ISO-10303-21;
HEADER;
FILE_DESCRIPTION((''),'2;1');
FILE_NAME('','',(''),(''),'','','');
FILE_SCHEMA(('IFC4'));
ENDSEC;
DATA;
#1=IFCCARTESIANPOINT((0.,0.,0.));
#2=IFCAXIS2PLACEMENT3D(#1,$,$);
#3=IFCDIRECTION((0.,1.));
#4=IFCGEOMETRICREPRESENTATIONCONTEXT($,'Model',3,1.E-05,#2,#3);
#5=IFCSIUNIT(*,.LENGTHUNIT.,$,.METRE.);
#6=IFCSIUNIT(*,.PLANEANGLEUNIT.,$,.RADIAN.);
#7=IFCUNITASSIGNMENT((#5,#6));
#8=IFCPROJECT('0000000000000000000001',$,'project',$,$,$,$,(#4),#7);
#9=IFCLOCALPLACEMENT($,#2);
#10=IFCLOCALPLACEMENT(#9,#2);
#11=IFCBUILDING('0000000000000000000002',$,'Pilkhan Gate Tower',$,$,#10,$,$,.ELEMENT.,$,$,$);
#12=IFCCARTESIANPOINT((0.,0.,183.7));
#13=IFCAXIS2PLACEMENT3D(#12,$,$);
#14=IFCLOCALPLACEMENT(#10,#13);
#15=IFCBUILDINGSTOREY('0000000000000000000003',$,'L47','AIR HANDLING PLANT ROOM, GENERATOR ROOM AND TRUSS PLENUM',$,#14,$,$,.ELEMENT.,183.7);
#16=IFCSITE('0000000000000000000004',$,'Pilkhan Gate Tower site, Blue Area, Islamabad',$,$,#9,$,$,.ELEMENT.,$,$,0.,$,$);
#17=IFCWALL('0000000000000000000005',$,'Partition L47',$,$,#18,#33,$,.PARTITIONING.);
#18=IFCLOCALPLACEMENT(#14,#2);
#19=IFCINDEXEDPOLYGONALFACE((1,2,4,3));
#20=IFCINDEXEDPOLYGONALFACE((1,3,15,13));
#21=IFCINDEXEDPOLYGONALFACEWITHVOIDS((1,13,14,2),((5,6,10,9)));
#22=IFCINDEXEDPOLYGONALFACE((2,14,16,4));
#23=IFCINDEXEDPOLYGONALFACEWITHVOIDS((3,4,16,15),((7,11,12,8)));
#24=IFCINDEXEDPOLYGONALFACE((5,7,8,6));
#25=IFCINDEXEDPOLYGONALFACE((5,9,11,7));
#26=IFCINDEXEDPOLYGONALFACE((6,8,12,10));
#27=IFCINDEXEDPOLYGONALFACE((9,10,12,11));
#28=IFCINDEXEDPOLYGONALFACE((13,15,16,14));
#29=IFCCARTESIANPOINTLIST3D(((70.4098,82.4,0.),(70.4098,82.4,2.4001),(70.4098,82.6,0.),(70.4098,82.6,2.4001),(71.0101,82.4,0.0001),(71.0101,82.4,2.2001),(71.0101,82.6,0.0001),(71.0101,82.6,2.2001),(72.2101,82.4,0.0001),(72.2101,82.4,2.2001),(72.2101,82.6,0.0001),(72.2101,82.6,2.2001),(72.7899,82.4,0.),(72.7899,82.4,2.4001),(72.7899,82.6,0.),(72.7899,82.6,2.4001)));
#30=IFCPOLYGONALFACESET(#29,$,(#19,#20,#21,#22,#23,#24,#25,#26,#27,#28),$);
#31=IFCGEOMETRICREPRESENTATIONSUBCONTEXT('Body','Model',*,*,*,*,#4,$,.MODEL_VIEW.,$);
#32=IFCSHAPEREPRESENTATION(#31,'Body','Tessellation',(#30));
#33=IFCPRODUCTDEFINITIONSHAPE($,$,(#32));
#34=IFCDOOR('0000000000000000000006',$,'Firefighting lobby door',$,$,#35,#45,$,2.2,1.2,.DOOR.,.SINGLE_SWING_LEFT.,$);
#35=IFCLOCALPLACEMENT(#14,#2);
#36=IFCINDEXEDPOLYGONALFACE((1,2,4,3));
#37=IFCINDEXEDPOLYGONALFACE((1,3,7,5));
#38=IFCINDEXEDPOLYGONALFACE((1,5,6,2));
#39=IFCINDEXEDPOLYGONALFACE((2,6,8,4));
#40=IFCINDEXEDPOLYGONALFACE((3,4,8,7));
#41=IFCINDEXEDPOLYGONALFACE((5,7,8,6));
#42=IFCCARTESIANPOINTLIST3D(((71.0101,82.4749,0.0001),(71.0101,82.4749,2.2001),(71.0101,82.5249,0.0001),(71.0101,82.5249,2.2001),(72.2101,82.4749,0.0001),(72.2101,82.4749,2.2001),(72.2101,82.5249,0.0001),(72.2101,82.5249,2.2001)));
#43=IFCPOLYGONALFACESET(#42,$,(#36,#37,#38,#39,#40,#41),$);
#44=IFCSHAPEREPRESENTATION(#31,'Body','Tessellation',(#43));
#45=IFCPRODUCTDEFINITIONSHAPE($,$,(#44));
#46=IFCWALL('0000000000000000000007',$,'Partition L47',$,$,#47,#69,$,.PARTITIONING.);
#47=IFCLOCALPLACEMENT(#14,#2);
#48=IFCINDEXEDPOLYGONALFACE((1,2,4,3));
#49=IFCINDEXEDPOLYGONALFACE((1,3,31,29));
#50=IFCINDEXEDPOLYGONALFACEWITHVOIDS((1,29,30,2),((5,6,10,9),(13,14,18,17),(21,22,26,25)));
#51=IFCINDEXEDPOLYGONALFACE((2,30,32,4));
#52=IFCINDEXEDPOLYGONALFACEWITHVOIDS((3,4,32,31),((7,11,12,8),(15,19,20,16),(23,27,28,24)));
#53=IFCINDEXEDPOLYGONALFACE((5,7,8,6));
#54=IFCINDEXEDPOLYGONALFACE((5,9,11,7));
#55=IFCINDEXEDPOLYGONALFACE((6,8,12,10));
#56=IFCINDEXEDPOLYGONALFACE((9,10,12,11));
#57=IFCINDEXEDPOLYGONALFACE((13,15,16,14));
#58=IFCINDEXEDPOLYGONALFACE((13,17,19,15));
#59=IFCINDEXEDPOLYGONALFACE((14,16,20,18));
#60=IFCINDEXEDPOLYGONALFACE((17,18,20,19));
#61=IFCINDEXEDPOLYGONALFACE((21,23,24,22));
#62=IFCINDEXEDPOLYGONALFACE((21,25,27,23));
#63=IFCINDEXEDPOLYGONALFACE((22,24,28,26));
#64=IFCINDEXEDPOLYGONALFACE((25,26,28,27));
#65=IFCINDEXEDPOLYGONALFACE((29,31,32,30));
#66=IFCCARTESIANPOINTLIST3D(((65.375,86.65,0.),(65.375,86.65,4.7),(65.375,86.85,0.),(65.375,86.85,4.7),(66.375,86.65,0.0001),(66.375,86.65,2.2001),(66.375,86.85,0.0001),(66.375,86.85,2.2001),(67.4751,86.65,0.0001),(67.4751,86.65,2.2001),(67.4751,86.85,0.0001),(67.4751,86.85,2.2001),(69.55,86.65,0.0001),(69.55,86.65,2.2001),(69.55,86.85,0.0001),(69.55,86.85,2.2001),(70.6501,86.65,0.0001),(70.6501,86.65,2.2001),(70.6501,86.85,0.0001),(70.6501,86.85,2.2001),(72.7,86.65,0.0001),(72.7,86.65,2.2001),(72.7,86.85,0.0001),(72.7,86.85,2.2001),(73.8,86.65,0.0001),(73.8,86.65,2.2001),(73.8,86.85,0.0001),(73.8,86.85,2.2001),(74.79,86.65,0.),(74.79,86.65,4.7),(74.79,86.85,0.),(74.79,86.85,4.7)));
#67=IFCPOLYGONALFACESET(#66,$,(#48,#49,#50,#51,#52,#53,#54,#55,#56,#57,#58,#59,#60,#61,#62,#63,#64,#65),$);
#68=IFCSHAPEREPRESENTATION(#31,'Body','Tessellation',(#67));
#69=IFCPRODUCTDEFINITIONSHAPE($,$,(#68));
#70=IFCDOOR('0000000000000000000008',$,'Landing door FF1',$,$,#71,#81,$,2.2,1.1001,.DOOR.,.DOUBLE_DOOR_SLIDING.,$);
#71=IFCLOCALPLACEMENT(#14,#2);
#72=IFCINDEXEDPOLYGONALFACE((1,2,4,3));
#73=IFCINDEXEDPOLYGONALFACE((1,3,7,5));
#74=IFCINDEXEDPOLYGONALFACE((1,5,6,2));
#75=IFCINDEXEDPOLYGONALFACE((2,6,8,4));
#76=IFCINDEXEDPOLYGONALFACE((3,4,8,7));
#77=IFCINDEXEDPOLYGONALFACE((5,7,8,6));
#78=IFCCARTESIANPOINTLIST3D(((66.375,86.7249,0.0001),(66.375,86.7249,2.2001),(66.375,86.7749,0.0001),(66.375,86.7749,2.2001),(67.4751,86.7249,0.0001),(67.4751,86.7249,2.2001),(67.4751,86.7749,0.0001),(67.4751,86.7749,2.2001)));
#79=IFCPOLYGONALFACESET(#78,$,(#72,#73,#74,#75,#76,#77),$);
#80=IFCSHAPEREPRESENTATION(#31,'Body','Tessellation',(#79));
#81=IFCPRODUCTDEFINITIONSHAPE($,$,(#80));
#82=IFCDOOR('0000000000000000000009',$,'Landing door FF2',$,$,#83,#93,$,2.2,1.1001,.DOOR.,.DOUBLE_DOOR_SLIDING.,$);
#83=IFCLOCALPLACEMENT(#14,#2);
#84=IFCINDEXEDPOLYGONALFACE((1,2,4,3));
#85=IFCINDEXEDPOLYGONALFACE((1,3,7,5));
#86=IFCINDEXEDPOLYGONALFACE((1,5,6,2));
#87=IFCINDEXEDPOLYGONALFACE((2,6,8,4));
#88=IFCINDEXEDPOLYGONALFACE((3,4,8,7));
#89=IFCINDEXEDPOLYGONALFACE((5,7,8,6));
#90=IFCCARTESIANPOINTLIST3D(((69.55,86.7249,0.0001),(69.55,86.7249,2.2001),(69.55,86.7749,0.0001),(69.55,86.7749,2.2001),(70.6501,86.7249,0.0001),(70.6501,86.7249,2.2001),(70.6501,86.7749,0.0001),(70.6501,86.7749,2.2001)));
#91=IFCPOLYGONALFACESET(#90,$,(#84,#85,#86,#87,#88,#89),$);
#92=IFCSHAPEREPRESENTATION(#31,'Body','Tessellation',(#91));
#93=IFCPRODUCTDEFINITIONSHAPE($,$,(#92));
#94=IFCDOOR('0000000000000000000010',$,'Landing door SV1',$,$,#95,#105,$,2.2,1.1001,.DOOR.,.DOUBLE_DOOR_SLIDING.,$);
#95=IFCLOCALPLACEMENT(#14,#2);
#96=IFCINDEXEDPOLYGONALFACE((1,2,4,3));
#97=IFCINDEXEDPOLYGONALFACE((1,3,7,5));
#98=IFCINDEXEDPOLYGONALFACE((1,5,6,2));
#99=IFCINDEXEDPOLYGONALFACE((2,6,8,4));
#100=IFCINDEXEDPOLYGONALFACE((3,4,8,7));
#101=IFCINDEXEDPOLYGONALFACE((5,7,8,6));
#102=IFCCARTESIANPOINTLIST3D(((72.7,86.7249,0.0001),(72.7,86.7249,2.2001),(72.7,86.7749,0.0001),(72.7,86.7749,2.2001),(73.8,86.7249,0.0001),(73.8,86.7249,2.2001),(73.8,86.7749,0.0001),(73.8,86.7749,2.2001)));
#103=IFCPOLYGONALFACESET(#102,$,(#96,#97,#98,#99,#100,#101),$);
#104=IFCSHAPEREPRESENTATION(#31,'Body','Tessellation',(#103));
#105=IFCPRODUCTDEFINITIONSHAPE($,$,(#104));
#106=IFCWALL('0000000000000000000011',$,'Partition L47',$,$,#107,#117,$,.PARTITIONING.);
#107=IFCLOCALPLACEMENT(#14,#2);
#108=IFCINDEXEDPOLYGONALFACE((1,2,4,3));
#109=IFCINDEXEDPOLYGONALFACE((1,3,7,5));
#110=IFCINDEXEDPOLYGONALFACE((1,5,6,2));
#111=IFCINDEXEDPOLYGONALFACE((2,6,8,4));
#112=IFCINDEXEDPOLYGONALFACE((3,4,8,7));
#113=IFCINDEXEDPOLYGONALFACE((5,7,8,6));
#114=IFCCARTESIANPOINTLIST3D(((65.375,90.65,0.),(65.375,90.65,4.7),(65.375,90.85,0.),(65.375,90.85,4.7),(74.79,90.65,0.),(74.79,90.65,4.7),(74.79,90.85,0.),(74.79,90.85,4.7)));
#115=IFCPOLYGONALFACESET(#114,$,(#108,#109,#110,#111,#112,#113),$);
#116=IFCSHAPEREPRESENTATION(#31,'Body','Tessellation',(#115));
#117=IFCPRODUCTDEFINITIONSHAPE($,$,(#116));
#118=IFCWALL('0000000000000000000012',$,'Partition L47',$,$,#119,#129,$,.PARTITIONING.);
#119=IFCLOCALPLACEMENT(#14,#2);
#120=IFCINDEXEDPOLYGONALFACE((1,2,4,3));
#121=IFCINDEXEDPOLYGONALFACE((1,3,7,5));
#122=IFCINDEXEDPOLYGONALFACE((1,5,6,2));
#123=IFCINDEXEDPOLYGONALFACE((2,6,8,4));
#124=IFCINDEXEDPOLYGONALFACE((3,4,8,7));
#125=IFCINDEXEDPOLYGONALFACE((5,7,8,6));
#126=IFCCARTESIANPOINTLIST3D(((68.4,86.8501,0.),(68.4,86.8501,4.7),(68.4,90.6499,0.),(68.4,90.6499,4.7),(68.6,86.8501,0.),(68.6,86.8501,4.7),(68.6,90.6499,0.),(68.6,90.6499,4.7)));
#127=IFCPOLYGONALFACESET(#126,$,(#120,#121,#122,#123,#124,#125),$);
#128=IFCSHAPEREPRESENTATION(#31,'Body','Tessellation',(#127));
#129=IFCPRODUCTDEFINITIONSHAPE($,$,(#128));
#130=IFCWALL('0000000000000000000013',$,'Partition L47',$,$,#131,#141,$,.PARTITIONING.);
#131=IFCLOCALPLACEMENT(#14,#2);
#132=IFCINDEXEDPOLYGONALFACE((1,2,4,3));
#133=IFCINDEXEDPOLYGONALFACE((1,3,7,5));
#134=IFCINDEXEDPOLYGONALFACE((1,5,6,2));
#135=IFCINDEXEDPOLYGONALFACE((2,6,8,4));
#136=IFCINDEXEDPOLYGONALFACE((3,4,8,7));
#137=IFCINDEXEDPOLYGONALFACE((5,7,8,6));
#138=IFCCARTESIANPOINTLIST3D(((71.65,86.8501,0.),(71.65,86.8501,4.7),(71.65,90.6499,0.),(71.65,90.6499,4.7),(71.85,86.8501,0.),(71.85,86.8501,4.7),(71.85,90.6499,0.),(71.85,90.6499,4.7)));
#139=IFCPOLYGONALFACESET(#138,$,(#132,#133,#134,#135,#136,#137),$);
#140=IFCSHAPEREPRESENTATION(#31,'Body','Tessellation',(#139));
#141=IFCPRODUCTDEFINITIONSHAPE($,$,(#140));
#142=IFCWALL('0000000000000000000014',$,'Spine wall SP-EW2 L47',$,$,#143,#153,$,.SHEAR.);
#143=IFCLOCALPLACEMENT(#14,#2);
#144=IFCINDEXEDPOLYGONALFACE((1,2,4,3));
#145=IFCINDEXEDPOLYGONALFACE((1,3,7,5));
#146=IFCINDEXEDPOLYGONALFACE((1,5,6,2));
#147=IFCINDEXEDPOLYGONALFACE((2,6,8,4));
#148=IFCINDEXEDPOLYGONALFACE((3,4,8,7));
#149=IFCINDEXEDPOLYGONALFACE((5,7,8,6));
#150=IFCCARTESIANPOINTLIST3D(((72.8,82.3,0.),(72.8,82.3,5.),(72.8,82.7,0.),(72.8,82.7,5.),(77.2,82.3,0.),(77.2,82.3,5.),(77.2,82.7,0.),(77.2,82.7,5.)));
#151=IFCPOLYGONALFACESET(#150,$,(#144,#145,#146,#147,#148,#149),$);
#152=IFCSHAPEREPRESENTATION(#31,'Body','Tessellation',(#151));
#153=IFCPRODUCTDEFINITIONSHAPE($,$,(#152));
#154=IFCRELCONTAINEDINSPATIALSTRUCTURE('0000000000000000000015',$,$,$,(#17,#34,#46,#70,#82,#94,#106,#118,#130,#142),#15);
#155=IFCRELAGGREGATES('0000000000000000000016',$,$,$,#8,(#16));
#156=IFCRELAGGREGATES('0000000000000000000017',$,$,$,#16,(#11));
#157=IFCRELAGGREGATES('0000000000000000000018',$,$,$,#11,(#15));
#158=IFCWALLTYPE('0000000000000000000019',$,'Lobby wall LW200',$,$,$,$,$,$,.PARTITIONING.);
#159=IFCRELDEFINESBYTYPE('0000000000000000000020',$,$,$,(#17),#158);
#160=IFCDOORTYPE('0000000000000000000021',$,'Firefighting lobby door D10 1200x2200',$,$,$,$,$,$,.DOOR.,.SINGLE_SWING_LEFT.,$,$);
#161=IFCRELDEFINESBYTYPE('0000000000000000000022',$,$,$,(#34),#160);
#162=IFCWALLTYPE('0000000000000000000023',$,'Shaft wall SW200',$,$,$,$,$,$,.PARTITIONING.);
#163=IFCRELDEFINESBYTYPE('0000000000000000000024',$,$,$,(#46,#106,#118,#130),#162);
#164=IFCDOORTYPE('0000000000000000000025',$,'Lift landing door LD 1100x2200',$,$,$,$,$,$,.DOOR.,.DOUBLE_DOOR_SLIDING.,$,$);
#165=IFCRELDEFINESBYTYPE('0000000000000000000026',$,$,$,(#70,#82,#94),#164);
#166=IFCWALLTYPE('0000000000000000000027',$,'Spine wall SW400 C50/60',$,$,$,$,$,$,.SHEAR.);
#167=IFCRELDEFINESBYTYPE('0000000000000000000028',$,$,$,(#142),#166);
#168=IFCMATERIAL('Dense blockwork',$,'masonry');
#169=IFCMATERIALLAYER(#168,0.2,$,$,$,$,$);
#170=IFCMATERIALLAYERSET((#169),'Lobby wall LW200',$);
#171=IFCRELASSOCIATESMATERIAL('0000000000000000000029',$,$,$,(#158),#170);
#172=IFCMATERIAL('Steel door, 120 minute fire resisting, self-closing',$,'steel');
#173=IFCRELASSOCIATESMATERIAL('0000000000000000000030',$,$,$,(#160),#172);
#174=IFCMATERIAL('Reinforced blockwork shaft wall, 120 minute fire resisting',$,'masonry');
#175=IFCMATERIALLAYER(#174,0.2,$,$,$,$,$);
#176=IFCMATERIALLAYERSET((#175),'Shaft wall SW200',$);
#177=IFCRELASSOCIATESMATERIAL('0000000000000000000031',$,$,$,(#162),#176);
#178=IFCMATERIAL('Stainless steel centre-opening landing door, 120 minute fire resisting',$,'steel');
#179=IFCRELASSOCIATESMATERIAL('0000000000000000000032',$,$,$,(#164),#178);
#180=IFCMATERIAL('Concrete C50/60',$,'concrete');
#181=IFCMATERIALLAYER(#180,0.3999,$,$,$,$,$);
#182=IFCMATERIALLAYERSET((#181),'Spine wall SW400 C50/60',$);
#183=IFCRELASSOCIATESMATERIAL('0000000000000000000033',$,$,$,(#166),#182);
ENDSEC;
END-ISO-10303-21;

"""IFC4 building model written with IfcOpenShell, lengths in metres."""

from ifc_helpers import new_model, si_unit, direction, frame, frame_2d, origin, place, context, subcontext, project, spatial, rectangle, extrude, material, layer, layer_set, type_object, element, fill, save


model = new_model("IFC4")

# Units and contexts
model_context = context("Model", 3, precision=1e-05, world=origin(), true_north=direction((0.0, 1.0)))
body_context = subcontext(model_context, "Body", "Model", "MODEL_VIEW")
ifc_project = project(units=[si_unit("LENGTHUNIT", "METRE"), si_unit("PLANEANGLEUNIT", "RADIAN")], contexts=[model_context])

# Site, building, storey
site_placement = place(None, origin())
site = spatial("IfcSite", under=ifc_project, at=site_placement, Name="Pilkhan Gate Tower site, Blue Area, Islamabad", CompositionType="ELEMENT", RefElevation=0.0)
building_placement = place(site_placement, origin())
building = spatial("IfcBuilding", under=site, at=building_placement, Name="Pilkhan Gate Tower", CompositionType="ELEMENT")
storey_placement = place(building_placement, frame((0.0, 0.0, 183.7)))
storey = spatial("IfcBuildingStorey", under=building, at=storey_placement, Name="L47", Description="AIR HANDLING PLANT ROOM, GENERATOR ROOM AND TRUSS PLENUM", CompositionType="ELEMENT", Elevation=183.7)

# Wall, opening, door
ifc_material_1 = material(Name="Dense blockwork", Category="masonry")
ifc_layer_1 = layer(ifc_material_1, 0.2)
ifc_layer_set_1 = layer_set([ifc_layer_1], Name="Lobby wall LW200")
wall_type_1 = type_object("IfcWallType", Name="Lobby wall LW200", PredefinedType="PARTITIONING", material=ifc_layer_set_1)
wall_1_placement = place(storey_placement, frame((70.4099, 82.5, 0.0), z_axis=(0.0, 0.0, 1.0), x_axis=(1.0, 0.0, 0.0)))
wall_1 = element("IfcWall", 1, at=wall_1_placement, inside=storey, type_object=wall_type_1, Name="Partition L47", PredefinedType="PARTITIONING", context=body_context, shape_type="SweptSolid", body=[
    extrude(rectangle(XDim=2.3801, YDim=0.2, at=frame_2d((1.1899, 0.0))), origin(), (0.0, 0.0, 1.0), 2.4001),
])
opening_1_placement = place(wall_1_placement, frame((0.6001, 0.0, 0.0)))
opening_1 = element("IfcOpeningElement", 2, at=opening_1_placement, cuts=wall_1, PredefinedType="OPENING", context=body_context, shape_type="SweptSolid", body=[
    extrude(rectangle(XDim=1.2, YDim=2.2, at=frame_2d((0.6001, 1.1001))), frame((0.0, 0.1099, 0.0), z_axis=(0.0, -1.0, 0.0), x_axis=(1.0, 0.0, 0.0)), (0.0, 0.0, 1.0), 0.22),
])
ifc_material_2 = material(Name="Steel door, 120 minute fire resisting, self-closing", Category="steel")
door_type_1 = type_object("IfcDoorType", Name="Firefighting lobby door D10 1200x2200", OperationType="SINGLE_SWING_LEFT", PredefinedType="DOOR", material=ifc_material_2)
door_1_placement = place(opening_1_placement, origin())
door_1 = element("IfcDoor", 3, at=door_1_placement, inside=storey, type_object=door_type_1, Name="Firefighting lobby door", OperationType="SINGLE_SWING_LEFT", OverallHeight=2.2, OverallWidth=1.2, PredefinedType="DOOR", context=body_context, shape_type="SweptSolid", body=[
    extrude(rectangle(XDim=1.2, YDim=2.2, at=frame_2d((0.6001, 1.1001))), frame((0.0, 0.0249, 0.0), z_axis=(0.0, -1.0, 0.0), x_axis=(1.0, 0.0, 0.0)), (0.0, 0.0, 1.0), 0.05),
])
fill(opening_1, door_1)

# Wall, openings, doors
ifc_material_3 = material(Name="Reinforced blockwork shaft wall, 120 minute fire resisting", Category="masonry")
ifc_layer_2 = layer(ifc_material_3, 0.2)
ifc_layer_set_2 = layer_set([ifc_layer_2], Name="Shaft wall SW200")
wall_type_2 = type_object("IfcWallType", Name="Shaft wall SW200", PredefinedType="PARTITIONING", material=ifc_layer_set_2)
wall_2_placement = place(storey_placement, frame((65.375, 86.75, 0.0), z_axis=(0.0, 0.0, 1.0), x_axis=(1.0, 0.0, 0.0)))
wall_2 = element("IfcWall", 4, at=wall_2_placement, inside=storey, type_object=wall_type_2, Name="Partition L47", PredefinedType="PARTITIONING", context=body_context, shape_type="SweptSolid", body=[
    extrude(rectangle(XDim=9.415, YDim=0.2, at=frame_2d((4.7075, 0.0))), origin(), (0.0, 0.0, 1.0), 4.7),
])
opening_2_placement = place(wall_2_placement, frame((1.0, 0.0, 0.0)))
opening_2 = element("IfcOpeningElement", 5, at=opening_2_placement, cuts=wall_2, PredefinedType="OPENING", context=body_context, shape_type="SweptSolid", body=[
    extrude(rectangle(XDim=1.1001, YDim=2.2, at=frame_2d((0.55, 1.1001))), frame((0.0, 0.1099, 0.0), z_axis=(0.0, -1.0, 0.0), x_axis=(1.0, 0.0, 0.0)), (0.0, 0.0, 1.0), 0.22),
])
opening_3_placement = place(wall_2_placement, frame((4.175, 0.0, 0.0)))
opening_3 = element("IfcOpeningElement", 6, at=opening_3_placement, cuts=wall_2, PredefinedType="OPENING", context=body_context, shape_type="SweptSolid", body=[
    extrude(rectangle(XDim=1.1001, YDim=2.2, at=frame_2d((0.55, 1.1001))), frame((0.0, 0.1099, 0.0), z_axis=(0.0, -1.0, 0.0), x_axis=(1.0, 0.0, 0.0)), (0.0, 0.0, 1.0), 0.22),
])
opening_4_placement = place(wall_2_placement, frame((7.325, 0.0, 0.0)))
opening_4 = element("IfcOpeningElement", 7, at=opening_4_placement, cuts=wall_2, PredefinedType="OPENING", context=body_context, shape_type="SweptSolid", body=[
    extrude(rectangle(XDim=1.1001, YDim=2.2, at=frame_2d((0.55, 1.1001))), frame((0.0, 0.1099, 0.0), z_axis=(0.0, -1.0, 0.0), x_axis=(1.0, 0.0, 0.0)), (0.0, 0.0, 1.0), 0.22),
])
ifc_material_4 = material(Name="Stainless steel centre-opening landing door, 120 minute fire resisting", Category="steel")
door_type_2 = type_object("IfcDoorType", Name="Lift landing door LD 1100x2200", OperationType="DOUBLE_DOOR_SLIDING", PredefinedType="DOOR", material=ifc_material_4)
door_2_placement = place(opening_2_placement, origin())
door_2 = element("IfcDoor", 8, at=door_2_placement, inside=storey, type_object=door_type_2, Name="Landing door FF1", OperationType="DOUBLE_DOOR_SLIDING", OverallHeight=2.2, OverallWidth=1.1001, PredefinedType="DOOR", context=body_context, shape_type="SweptSolid", body=[
    extrude(rectangle(XDim=1.1001, YDim=2.2, at=frame_2d((0.55, 1.1001))), frame((0.0, 0.0249, 0.0), z_axis=(0.0, -1.0, 0.0), x_axis=(1.0, 0.0, 0.0)), (0.0, 0.0, 1.0), 0.05),
])
fill(opening_2, door_2)
door_3_placement = place(opening_3_placement, origin())
door_3 = element("IfcDoor", 9, at=door_3_placement, inside=storey, type_object=door_type_2, Name="Landing door FF2", OperationType="DOUBLE_DOOR_SLIDING", OverallHeight=2.2, OverallWidth=1.1001, PredefinedType="DOOR", context=body_context, shape_type="SweptSolid", body=[
    extrude(rectangle(XDim=1.1001, YDim=2.2, at=frame_2d((0.55, 1.1001))), frame((0.0, 0.0249, 0.0), z_axis=(0.0, -1.0, 0.0), x_axis=(1.0, 0.0, 0.0)), (0.0, 0.0, 1.0), 0.05),
])
fill(opening_3, door_3)
door_4_placement = place(opening_4_placement, origin())
door_4 = element("IfcDoor", 10, at=door_4_placement, inside=storey, type_object=door_type_2, Name="Landing door SV1", OperationType="DOUBLE_DOOR_SLIDING", OverallHeight=2.2, OverallWidth=1.1001, PredefinedType="DOOR", context=body_context, shape_type="SweptSolid", body=[
    extrude(rectangle(XDim=1.1001, YDim=2.2, at=frame_2d((0.55, 1.1001))), frame((0.0, 0.0249, 0.0), z_axis=(0.0, -1.0, 0.0), x_axis=(1.0, 0.0, 0.0)), (0.0, 0.0, 1.0), 0.05),
])
fill(opening_4, door_4)

# Walls
wall_3_placement = place(storey_placement, frame((65.375, 90.75, 0.0), z_axis=(0.0, 0.0, 1.0), x_axis=(1.0, 0.0, 0.0)))
element("IfcWall", 11, at=wall_3_placement, inside=storey, type_object=wall_type_2, Name="Partition L47", PredefinedType="PARTITIONING", context=body_context, shape_type="SweptSolid", body=[
    extrude(rectangle(XDim=9.415, YDim=0.2, at=frame_2d((4.7075, 0.0))), origin(), (0.0, 0.0, 1.0), 4.7),
])
for number, where, z_axis, x_axis, name in (
    (12, (68.5, 86.8501, 0.0), (0.0, 0.0, 1.0), (0.0, 1.0, 0.0), "Partition L47"),
    (13, (71.75, 86.8501, 0.0), (0.0, 0.0, 1.0), (0.0, 1.0, 0.0), "Partition L47"),
):
    element("IfcWall", number, at=place(storey_placement, frame(where, z_axis=z_axis, x_axis=x_axis)), inside=storey, type_object=wall_type_2, Name=name, PredefinedType="PARTITIONING", context=body_context, shape_type="SweptSolid", body=[
        extrude(rectangle(XDim=3.7998, YDim=0.2, at=frame_2d((1.8999, 0.0))), origin(), (0.0, 0.0, 1.0), 4.7),
    ])
ifc_material_5 = material(Name="Concrete C50/60", Category="concrete")
ifc_layer_3 = layer(ifc_material_5, 0.3999)
ifc_layer_set_3 = layer_set([ifc_layer_3], Name="Spine wall SW400 C50/60")
wall_type_3 = type_object("IfcWallType", Name="Spine wall SW400 C50/60", PredefinedType="SHEAR", material=ifc_layer_set_3)
wall_4_placement = place(storey_placement, frame((72.8, 82.5, 0.0), z_axis=(0.0, 0.0, 1.0), x_axis=(1.0, 0.0, 0.0)))
element("IfcWall", 14, at=wall_4_placement, inside=storey, type_object=wall_type_3, Name="Spine wall SP-EW2 L47", PredefinedType="SHEAR", context=body_context, shape_type="SweptSolid", body=[
    extrude(rectangle(XDim=4.3999, YDim=0.3999, at=frame_2d((2.2, 0.0))), origin(), (0.0, 0.0, 1.0), 5.0),
])

save(model, "model.ifc")
